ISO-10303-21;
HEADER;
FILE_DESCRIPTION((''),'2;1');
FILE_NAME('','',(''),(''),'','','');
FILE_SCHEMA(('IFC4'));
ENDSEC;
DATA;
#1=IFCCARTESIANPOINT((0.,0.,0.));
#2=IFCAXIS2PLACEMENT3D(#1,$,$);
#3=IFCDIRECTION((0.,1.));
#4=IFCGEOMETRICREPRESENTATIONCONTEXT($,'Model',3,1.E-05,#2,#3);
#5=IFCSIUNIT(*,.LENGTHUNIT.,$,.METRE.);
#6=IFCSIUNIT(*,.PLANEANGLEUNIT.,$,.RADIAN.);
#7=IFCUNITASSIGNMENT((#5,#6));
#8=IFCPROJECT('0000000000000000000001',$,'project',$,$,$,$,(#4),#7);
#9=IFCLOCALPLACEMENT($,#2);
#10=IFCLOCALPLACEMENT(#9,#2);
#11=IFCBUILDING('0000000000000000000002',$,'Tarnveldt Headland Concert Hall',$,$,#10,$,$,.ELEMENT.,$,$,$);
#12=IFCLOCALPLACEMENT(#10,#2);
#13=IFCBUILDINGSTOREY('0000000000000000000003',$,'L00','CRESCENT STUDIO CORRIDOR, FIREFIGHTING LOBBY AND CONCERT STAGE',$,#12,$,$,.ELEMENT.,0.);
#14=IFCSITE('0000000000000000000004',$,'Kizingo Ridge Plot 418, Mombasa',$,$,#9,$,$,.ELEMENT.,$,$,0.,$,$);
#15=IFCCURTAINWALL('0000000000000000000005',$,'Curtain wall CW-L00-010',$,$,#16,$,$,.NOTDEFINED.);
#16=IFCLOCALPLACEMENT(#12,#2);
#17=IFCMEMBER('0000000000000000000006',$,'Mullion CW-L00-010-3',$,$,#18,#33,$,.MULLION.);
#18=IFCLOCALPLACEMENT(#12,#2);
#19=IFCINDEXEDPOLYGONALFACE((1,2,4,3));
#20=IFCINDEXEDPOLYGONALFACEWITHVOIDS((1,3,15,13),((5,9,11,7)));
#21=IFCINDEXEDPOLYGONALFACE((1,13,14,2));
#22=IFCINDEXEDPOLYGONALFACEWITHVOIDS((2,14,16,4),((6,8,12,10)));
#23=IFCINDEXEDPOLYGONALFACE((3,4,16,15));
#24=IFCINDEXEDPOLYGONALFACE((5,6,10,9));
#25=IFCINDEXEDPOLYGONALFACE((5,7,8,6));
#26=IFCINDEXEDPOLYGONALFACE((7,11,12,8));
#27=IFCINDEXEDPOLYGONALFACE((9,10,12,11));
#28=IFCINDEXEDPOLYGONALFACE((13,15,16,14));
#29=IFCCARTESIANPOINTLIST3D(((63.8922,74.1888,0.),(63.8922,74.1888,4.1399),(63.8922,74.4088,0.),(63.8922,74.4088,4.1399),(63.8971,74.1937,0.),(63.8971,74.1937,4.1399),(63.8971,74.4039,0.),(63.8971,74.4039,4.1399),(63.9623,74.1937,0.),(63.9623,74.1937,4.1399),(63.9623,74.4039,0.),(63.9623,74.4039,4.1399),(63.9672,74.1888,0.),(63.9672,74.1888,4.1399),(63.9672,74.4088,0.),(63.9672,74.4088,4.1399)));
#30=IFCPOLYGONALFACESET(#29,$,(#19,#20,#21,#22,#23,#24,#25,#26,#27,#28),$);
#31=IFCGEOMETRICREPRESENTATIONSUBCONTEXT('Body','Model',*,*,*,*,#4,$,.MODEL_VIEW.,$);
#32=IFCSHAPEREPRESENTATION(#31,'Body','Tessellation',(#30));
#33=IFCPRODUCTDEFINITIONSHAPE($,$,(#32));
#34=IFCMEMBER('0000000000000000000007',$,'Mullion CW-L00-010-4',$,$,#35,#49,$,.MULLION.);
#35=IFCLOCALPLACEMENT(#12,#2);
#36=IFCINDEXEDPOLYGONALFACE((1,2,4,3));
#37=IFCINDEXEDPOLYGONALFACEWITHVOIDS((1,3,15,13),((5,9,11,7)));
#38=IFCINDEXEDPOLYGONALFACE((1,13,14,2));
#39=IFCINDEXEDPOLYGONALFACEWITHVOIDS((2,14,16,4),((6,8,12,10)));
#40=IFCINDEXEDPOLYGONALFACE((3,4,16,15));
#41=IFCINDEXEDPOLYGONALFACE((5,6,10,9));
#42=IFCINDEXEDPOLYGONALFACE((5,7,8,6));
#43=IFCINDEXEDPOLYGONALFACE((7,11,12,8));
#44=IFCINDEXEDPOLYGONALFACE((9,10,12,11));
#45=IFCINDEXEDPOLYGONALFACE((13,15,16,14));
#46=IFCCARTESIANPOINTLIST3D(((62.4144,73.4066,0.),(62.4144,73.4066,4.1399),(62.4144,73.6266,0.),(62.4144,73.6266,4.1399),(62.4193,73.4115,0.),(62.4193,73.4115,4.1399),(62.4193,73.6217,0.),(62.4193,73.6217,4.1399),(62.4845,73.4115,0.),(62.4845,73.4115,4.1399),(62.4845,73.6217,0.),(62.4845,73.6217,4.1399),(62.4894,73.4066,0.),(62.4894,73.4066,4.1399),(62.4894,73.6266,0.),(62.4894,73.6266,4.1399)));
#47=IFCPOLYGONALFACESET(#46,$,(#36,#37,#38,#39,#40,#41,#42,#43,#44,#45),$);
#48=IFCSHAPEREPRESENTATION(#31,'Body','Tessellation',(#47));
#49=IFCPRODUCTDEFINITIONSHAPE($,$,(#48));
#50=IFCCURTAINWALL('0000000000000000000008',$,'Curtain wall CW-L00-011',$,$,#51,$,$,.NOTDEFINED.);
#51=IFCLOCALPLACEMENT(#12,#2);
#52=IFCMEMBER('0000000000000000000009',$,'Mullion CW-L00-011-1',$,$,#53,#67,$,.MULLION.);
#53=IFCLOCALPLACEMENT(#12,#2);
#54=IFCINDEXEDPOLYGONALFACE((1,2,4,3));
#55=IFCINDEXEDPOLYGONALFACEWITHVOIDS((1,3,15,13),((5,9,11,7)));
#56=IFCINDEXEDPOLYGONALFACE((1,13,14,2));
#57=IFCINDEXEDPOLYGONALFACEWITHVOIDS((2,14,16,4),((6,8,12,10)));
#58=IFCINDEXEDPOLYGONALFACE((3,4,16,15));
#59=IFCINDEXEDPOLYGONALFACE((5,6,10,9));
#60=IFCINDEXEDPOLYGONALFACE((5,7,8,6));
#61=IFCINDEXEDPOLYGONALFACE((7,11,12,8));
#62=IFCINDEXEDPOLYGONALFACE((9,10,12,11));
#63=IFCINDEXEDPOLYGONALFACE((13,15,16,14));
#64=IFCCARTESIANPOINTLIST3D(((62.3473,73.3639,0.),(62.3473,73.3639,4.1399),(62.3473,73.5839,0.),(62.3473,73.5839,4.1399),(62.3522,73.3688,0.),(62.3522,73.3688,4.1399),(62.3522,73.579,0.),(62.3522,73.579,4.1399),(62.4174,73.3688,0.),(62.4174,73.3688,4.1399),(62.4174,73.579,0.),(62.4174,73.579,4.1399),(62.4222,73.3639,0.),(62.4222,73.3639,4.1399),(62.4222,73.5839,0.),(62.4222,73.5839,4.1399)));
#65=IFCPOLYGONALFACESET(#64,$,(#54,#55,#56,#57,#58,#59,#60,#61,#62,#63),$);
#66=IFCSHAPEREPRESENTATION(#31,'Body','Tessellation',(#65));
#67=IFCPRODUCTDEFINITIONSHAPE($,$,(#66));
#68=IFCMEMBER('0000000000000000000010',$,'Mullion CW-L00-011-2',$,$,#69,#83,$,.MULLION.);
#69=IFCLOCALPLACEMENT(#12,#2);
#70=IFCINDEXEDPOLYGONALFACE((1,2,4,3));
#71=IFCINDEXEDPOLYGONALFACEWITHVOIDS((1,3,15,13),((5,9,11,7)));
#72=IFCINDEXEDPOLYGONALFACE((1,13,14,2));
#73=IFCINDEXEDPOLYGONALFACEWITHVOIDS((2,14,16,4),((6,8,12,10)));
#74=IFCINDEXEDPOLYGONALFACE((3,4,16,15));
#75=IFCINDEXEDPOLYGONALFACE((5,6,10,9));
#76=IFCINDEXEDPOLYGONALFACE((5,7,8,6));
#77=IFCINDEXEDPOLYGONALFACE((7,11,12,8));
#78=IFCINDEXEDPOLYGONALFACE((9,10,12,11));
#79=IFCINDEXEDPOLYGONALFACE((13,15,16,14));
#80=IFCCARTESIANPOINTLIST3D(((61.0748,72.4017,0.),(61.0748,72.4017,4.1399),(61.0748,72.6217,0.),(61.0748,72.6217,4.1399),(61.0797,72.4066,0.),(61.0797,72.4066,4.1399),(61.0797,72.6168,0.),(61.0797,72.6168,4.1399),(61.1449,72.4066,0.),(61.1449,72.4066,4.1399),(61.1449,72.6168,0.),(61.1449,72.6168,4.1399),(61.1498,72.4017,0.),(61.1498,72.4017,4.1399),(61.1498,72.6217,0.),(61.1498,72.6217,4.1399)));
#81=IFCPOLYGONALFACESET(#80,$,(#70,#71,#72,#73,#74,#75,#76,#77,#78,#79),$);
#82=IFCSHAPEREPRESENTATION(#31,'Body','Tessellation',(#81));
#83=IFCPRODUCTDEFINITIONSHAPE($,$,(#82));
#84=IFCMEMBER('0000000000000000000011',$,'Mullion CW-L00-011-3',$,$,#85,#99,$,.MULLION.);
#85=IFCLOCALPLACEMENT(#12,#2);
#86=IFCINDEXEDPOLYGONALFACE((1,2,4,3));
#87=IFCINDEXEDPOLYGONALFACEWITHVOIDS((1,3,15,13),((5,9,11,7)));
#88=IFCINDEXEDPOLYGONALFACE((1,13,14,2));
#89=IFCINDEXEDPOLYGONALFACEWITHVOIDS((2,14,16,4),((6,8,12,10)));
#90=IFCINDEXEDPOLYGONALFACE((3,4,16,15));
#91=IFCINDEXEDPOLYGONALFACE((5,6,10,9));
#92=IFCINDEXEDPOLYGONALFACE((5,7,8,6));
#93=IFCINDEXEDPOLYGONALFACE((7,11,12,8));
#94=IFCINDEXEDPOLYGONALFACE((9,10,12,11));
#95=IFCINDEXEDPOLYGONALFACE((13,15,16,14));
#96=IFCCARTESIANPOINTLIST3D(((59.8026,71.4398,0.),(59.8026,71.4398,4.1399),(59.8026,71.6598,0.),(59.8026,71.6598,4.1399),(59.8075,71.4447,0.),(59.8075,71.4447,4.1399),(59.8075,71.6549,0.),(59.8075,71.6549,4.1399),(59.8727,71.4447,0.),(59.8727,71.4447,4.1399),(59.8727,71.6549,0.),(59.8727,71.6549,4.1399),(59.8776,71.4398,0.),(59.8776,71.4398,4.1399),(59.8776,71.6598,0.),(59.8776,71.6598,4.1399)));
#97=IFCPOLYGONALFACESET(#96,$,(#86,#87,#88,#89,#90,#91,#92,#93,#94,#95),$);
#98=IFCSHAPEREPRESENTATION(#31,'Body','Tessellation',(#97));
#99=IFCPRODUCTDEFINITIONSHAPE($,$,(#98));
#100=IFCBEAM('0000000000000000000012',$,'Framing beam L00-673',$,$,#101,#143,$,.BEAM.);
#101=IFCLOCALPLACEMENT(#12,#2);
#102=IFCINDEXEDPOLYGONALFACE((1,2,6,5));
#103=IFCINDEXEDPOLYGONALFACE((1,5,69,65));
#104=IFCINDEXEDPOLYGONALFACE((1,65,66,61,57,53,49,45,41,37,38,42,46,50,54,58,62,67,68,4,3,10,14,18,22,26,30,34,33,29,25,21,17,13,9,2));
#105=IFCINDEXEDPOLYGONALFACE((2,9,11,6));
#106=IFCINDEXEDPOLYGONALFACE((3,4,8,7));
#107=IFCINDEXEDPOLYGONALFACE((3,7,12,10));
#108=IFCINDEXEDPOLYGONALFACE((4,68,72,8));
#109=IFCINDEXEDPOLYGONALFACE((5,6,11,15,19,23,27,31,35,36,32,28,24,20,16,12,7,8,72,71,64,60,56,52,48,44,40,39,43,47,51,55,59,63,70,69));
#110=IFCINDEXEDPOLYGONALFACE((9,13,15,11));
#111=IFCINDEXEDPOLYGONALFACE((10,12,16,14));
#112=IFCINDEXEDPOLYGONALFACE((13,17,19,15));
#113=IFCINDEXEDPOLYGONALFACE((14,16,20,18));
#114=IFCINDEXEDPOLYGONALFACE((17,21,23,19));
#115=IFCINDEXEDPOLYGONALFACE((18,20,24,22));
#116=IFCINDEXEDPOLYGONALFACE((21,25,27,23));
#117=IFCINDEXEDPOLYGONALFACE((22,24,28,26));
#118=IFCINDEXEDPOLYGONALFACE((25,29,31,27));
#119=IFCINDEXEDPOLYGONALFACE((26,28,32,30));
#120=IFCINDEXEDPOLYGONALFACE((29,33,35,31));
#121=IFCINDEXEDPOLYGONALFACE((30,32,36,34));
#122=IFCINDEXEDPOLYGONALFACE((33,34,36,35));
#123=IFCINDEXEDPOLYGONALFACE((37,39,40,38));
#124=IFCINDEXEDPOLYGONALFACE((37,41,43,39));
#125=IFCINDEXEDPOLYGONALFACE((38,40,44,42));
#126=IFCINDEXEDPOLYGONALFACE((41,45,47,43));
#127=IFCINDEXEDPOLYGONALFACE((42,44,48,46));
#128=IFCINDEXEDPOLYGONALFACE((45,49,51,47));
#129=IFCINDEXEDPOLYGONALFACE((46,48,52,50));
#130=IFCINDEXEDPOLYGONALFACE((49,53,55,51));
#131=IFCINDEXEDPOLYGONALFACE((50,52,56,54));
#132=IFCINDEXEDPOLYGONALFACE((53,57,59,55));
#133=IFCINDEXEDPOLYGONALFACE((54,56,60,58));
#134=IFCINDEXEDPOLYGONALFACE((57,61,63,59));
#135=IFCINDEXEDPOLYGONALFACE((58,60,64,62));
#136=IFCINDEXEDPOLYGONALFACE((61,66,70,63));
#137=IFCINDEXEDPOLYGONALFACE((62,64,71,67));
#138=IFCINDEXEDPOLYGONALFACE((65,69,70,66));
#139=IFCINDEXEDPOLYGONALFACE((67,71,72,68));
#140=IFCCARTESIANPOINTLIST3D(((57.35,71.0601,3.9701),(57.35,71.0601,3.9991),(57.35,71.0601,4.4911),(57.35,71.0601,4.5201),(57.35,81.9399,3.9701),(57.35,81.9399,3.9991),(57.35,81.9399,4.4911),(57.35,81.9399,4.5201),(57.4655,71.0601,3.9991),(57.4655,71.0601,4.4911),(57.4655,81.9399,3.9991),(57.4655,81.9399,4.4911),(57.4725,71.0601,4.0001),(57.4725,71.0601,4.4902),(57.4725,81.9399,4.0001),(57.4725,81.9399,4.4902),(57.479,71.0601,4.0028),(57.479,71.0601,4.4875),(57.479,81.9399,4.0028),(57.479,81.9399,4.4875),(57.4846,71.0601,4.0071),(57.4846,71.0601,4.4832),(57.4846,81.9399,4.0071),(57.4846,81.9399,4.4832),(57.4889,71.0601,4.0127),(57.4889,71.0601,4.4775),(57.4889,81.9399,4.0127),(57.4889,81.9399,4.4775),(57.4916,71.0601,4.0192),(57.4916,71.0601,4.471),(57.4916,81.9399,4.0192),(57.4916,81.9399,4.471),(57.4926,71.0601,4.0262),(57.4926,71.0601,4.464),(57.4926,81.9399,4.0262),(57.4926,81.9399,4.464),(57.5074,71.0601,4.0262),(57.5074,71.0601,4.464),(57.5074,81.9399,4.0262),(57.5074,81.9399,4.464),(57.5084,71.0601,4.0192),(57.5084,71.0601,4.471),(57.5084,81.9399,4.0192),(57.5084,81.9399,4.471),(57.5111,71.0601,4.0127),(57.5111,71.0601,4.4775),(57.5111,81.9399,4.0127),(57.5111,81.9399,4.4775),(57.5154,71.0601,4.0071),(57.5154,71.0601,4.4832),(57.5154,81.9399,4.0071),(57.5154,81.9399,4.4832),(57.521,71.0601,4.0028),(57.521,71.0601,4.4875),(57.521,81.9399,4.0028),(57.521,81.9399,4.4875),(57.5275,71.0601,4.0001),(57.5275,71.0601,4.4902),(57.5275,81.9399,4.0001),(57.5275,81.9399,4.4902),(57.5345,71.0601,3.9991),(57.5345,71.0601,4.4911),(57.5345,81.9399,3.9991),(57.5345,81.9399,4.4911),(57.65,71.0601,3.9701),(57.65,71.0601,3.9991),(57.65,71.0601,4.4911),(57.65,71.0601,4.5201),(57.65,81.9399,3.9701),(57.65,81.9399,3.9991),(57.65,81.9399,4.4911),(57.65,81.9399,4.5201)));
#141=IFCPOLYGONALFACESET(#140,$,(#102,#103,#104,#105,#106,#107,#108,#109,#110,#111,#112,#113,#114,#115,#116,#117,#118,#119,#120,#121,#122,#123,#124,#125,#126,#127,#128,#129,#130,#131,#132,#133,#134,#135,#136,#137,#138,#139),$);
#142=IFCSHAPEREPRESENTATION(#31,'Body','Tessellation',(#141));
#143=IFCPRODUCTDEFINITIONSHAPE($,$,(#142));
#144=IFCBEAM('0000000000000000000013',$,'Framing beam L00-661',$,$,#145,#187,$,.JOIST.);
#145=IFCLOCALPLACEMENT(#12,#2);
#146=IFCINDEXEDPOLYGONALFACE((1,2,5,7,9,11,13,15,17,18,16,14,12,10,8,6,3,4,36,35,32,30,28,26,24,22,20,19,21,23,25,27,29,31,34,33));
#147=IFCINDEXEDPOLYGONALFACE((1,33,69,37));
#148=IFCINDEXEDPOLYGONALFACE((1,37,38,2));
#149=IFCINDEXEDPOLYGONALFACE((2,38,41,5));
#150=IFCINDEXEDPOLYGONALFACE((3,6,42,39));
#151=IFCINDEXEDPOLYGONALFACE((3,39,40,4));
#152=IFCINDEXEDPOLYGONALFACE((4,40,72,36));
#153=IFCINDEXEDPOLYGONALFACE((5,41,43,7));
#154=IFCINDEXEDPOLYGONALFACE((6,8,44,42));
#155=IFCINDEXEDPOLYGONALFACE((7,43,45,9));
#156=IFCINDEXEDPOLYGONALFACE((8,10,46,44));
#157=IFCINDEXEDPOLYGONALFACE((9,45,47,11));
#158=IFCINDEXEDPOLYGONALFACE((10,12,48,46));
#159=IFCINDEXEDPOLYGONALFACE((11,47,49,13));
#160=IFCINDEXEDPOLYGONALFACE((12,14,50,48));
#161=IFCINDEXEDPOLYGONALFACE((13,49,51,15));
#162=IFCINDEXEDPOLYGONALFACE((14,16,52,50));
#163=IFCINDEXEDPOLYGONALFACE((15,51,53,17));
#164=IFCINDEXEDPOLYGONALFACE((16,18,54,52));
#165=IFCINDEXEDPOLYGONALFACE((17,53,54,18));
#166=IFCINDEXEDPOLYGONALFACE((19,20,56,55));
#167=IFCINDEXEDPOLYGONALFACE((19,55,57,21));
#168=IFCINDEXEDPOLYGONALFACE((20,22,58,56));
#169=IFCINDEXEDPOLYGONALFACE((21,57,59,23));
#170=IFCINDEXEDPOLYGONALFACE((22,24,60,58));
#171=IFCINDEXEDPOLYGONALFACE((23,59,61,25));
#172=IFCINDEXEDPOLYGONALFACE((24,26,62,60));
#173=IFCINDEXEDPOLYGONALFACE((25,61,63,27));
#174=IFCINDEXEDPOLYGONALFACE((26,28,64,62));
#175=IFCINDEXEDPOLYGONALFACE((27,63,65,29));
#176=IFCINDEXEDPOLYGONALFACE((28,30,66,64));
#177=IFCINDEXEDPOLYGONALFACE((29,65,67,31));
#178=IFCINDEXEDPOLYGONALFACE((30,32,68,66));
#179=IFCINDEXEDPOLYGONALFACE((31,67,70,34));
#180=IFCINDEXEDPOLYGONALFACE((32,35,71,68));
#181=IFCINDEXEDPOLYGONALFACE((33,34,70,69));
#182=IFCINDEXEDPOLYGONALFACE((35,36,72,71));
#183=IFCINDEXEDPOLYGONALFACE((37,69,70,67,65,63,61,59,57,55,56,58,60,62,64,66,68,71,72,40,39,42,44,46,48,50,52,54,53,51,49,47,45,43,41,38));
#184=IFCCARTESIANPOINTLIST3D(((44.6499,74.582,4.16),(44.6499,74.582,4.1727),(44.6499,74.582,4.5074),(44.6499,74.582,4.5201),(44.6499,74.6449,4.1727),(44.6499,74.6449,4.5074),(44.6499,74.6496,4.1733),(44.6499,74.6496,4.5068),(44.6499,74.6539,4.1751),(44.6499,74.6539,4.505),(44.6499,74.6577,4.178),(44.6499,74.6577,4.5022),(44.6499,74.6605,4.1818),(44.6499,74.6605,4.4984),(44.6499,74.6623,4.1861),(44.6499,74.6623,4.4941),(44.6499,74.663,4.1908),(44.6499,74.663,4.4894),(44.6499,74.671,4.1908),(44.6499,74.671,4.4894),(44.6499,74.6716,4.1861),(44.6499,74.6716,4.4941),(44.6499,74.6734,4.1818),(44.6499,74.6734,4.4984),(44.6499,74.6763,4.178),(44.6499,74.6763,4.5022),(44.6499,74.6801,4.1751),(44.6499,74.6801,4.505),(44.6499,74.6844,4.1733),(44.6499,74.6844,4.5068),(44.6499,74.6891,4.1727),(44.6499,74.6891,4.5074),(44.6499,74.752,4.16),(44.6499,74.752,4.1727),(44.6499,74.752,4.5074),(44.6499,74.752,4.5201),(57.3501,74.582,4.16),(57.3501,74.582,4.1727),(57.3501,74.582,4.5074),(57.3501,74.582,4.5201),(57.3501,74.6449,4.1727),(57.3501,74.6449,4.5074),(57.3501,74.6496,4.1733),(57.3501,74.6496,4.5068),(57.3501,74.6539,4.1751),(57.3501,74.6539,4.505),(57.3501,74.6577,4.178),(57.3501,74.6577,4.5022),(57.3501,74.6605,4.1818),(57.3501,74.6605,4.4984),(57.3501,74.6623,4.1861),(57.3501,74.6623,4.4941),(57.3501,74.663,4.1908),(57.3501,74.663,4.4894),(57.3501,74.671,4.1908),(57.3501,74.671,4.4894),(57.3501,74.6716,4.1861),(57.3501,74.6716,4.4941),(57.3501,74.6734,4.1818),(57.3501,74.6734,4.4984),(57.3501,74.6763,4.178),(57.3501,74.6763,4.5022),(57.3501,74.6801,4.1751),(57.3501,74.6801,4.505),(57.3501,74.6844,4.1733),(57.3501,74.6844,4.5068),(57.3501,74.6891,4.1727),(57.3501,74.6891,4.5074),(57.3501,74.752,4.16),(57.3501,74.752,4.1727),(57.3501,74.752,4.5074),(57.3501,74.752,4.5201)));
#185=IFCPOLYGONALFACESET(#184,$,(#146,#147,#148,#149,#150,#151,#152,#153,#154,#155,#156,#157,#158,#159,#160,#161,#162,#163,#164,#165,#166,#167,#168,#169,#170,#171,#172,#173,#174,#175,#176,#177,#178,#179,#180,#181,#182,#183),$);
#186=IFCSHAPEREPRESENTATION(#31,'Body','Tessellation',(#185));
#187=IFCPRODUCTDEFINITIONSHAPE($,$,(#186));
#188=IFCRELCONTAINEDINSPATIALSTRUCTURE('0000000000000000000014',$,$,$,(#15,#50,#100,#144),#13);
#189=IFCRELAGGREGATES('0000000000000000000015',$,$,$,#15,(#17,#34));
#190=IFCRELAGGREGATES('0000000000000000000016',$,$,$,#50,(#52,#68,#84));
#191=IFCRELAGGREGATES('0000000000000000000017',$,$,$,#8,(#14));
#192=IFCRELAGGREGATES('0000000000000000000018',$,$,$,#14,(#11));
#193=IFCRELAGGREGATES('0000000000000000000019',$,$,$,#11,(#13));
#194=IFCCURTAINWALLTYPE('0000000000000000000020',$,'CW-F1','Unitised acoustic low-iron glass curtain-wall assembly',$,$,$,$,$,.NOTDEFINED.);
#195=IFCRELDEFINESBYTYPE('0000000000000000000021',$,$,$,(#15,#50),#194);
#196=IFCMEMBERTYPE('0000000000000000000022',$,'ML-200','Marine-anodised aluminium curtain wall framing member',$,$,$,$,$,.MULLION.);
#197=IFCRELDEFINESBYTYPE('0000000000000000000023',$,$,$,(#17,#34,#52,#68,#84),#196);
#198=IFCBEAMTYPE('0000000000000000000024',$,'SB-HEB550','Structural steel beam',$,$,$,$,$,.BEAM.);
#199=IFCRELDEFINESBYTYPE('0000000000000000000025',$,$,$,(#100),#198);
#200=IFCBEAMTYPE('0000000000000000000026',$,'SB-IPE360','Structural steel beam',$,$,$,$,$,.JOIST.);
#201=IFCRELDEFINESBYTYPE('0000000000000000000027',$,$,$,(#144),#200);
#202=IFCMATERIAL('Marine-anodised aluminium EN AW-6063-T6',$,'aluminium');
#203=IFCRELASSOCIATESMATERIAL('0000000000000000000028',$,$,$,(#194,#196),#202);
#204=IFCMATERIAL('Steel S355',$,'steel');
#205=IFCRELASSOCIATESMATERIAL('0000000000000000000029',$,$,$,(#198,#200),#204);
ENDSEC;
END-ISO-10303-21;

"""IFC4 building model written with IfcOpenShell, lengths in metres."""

from ifc_helpers import new_model, si_unit, direction, frame, origin, origin_2d, place, context, subcontext, project, spatial, hollow_rectangle, i_section, extrude, material, material_profile, profile_set, type_object, element, aggregate, save


model = new_model("IFC4")

# Units and contexts
model_context = context("Model", 3, precision=1e-05, world=origin(), true_north=direction((0.0, 1.0)))
body_context = subcontext(model_context, "Body", "Model", "MODEL_VIEW")
ifc_project = project(units=[si_unit("LENGTHUNIT", "METRE"), si_unit("PLANEANGLEUNIT", "RADIAN")], contexts=[model_context])

# Site, building, storey
site_placement = place(None, origin())
site = spatial("IfcSite", under=ifc_project, at=site_placement, Name="Kizingo Ridge Plot 418, Mombasa", CompositionType="ELEMENT", RefElevation=0.0)
building_placement = place(site_placement, origin())
building = spatial("IfcBuilding", under=site, at=building_placement, Name="Tarnveldt Headland Concert Hall", CompositionType="ELEMENT")
storey_placement = place(building_placement, origin())
storey = spatial("IfcBuildingStorey", under=building, at=storey_placement, Name="L00", Description="CRESCENT STUDIO CORRIDOR, FIREFIGHTING LOBBY AND CONCERT STAGE", CompositionType="ELEMENT", Elevation=0.0)

# Curtain walls, members
ifc_material_1 = material(Name="Marine-anodised aluminium EN AW-6063-T6", Category="aluminium")
curtain_wall_type = type_object("IfcCurtainWallType", Name="CW-F1", Description="Unitised acoustic low-iron glass curtain-wall assembly", PredefinedType="NOTDEFINED", material=ifc_material_1)
curtain_wall_1_placement = place(storey_placement, origin())
curtain_wall_1 = element("IfcCurtainWall", 1, at=curtain_wall_1_placement, inside=storey, type_object=curtain_wall_type, Name="Curtain wall CW-L00-010", PredefinedType="NOTDEFINED")
ifc_material_profile_1 = material_profile(ifc_material_1, hollow_rectangle(XDim=0.075, YDim=0.22, WallThickness=0.0049, at=origin_2d()), Name="ALU MULLION 75x220x5", Category="aluminium")
ifc_profile_set_1 = profile_set([ifc_material_profile_1], Name="Marine-anodised aluminium EN AW-6063-T6")
member_type_1 = type_object("IfcMemberType", Name="ML-200", Description="Marine-anodised aluminium curtain wall framing member", PredefinedType="MULLION", material=ifc_profile_set_1)
member_1_placement = place(storey_placement, frame((63.9297, 74.2988, 0.0), z_axis=(0.0, 0.0, 1.0), x_axis=(1.0, 0.0, 0.0)))
member_1 = element("IfcMember", 2, at=member_1_placement, type_object=member_type_1, Name="Mullion CW-L00-010-3", PredefinedType="MULLION", context=body_context, shape_type="SweptSolid", body=[
    extrude(hollow_rectangle(XDim=0.075, YDim=0.22, WallThickness=0.0049, at=origin_2d()), origin(), (0.0, 0.0, 1.0), 4.1399),
])
member_2_placement = place(storey_placement, frame((62.4519, 73.5166, 0.0), z_axis=(0.0, 0.0, 1.0), x_axis=(1.0, 0.0, 0.0)))
member_2 = element("IfcMember", 3, at=member_2_placement, type_object=member_type_1, Name="Mullion CW-L00-010-4", PredefinedType="MULLION", context=body_context, shape_type="SweptSolid", body=[
    extrude(hollow_rectangle(XDim=0.075, YDim=0.22, WallThickness=0.0049, at=origin_2d()), origin(), (0.0, 0.0, 1.0), 4.1399),
])
curtain_wall_2_placement = place(storey_placement, origin())
curtain_wall_2 = element("IfcCurtainWall", 4, at=curtain_wall_2_placement, inside=storey, type_object=curtain_wall_type, Name="Curtain wall CW-L00-011", PredefinedType="NOTDEFINED")
member_3_placement = place(storey_placement, frame((62.3848, 73.4739, 0.0), z_axis=(0.0, 0.0, 1.0), x_axis=(1.0, 0.0, 0.0)))
member_3 = element("IfcMember", 5, at=member_3_placement, type_object=member_type_1, Name="Mullion CW-L00-011-1", PredefinedType="MULLION", context=body_context, shape_type="SweptSolid", body=[
    extrude(hollow_rectangle(XDim=0.075, YDim=0.22, WallThickness=0.0049, at=origin_2d()), origin(), (0.0, 0.0, 1.0), 4.1399),
])
member_4_placement = place(storey_placement, frame((61.1123, 72.5117, 0.0), z_axis=(0.0, 0.0, 1.0), x_axis=(1.0, 0.0, 0.0)))
member_4 = element("IfcMember", 6, at=member_4_placement, type_object=member_type_1, Name="Mullion CW-L00-011-2", PredefinedType="MULLION", context=body_context, shape_type="SweptSolid", body=[
    extrude(hollow_rectangle(XDim=0.075, YDim=0.22, WallThickness=0.0049, at=origin_2d()), origin(), (0.0, 0.0, 1.0), 4.1399),
])
member_5_placement = place(storey_placement, frame((59.8401, 71.5498, 0.0), z_axis=(0.0, 0.0, 1.0), x_axis=(1.0, 0.0, 0.0)))
member_5 = element("IfcMember", 7, at=member_5_placement, type_object=member_type_1, Name="Mullion CW-L00-011-3", PredefinedType="MULLION", context=body_context, shape_type="SweptSolid", body=[
    extrude(hollow_rectangle(XDim=0.075, YDim=0.22, WallThickness=0.0049, at=origin_2d()), origin(), (0.0, 0.0, 1.0), 4.1399),
])

# Beams
ifc_material_2 = material(Name="Steel S355", Category="steel")
ifc_material_profile_2 = material_profile(ifc_material_2, i_section(OverallWidth=0.3, OverallDepth=0.55, WebThickness=0.0149, FlangeThickness=0.0291, FilletRadius=0.0271, at=origin_2d()), Name="HEB550", Category="steel")
ifc_profile_set_2 = profile_set([ifc_material_profile_2], Name="Steel S355")
beam_type_1 = type_object("IfcBeamType", Name="SB-HEB550", Description="Structural steel beam", PredefinedType="BEAM", material=ifc_profile_set_2)
beam_1_placement = place(storey_placement, frame((57.5, 71.0601, 4.2451), z_axis=(0.0, 1.0, 0.0), x_axis=(-1.0, 0.0, 0.0)))
element("IfcBeam", 8, at=beam_1_placement, inside=storey, type_object=beam_type_1, Name="Framing beam L00-673", PredefinedType="BEAM", context=body_context, shape_type="SweptSolid", body=[
    extrude(i_section(OverallWidth=0.3, OverallDepth=0.55, WebThickness=0.0149, FlangeThickness=0.0291, FilletRadius=0.0271, at=origin_2d()), origin(), (0.0, 0.0, 1.0), 10.8799),
])
ifc_material_profile_3 = material_profile(ifc_material_2, i_section(OverallWidth=0.1699, OverallDepth=0.3601, WebThickness=0.0081, FlangeThickness=0.0127, FilletRadius=0.0181, at=origin_2d()), Name="IPE360", Category="steel")
ifc_profile_set_3 = profile_set([ifc_material_profile_3], Name="Steel S355")
beam_type_2 = type_object("IfcBeamType", Name="SB-IPE360", Description="Structural steel beam", PredefinedType="JOIST", material=ifc_profile_set_3)
beam_2_placement = place(storey_placement, frame((44.6499, 74.667, 4.3401), z_axis=(1.0, 0.0, 0.0), x_axis=(0.0, 1.0, 0.0)))
element("IfcBeam", 9, at=beam_2_placement, inside=storey, type_object=beam_type_2, Name="Framing beam L00-661", PredefinedType="JOIST", context=body_context, shape_type="SweptSolid", body=[
    extrude(i_section(OverallWidth=0.1699, OverallDepth=0.3601, WebThickness=0.0081, FlangeThickness=0.0127, FilletRadius=0.0181, at=origin_2d()), origin(), (0.0, 0.0, 1.0), 12.7002),
])

aggregate(curtain_wall_1, [member_1, member_2])
aggregate(curtain_wall_2, [member_3, member_4, member_5])

save(model, "model.ifc")
